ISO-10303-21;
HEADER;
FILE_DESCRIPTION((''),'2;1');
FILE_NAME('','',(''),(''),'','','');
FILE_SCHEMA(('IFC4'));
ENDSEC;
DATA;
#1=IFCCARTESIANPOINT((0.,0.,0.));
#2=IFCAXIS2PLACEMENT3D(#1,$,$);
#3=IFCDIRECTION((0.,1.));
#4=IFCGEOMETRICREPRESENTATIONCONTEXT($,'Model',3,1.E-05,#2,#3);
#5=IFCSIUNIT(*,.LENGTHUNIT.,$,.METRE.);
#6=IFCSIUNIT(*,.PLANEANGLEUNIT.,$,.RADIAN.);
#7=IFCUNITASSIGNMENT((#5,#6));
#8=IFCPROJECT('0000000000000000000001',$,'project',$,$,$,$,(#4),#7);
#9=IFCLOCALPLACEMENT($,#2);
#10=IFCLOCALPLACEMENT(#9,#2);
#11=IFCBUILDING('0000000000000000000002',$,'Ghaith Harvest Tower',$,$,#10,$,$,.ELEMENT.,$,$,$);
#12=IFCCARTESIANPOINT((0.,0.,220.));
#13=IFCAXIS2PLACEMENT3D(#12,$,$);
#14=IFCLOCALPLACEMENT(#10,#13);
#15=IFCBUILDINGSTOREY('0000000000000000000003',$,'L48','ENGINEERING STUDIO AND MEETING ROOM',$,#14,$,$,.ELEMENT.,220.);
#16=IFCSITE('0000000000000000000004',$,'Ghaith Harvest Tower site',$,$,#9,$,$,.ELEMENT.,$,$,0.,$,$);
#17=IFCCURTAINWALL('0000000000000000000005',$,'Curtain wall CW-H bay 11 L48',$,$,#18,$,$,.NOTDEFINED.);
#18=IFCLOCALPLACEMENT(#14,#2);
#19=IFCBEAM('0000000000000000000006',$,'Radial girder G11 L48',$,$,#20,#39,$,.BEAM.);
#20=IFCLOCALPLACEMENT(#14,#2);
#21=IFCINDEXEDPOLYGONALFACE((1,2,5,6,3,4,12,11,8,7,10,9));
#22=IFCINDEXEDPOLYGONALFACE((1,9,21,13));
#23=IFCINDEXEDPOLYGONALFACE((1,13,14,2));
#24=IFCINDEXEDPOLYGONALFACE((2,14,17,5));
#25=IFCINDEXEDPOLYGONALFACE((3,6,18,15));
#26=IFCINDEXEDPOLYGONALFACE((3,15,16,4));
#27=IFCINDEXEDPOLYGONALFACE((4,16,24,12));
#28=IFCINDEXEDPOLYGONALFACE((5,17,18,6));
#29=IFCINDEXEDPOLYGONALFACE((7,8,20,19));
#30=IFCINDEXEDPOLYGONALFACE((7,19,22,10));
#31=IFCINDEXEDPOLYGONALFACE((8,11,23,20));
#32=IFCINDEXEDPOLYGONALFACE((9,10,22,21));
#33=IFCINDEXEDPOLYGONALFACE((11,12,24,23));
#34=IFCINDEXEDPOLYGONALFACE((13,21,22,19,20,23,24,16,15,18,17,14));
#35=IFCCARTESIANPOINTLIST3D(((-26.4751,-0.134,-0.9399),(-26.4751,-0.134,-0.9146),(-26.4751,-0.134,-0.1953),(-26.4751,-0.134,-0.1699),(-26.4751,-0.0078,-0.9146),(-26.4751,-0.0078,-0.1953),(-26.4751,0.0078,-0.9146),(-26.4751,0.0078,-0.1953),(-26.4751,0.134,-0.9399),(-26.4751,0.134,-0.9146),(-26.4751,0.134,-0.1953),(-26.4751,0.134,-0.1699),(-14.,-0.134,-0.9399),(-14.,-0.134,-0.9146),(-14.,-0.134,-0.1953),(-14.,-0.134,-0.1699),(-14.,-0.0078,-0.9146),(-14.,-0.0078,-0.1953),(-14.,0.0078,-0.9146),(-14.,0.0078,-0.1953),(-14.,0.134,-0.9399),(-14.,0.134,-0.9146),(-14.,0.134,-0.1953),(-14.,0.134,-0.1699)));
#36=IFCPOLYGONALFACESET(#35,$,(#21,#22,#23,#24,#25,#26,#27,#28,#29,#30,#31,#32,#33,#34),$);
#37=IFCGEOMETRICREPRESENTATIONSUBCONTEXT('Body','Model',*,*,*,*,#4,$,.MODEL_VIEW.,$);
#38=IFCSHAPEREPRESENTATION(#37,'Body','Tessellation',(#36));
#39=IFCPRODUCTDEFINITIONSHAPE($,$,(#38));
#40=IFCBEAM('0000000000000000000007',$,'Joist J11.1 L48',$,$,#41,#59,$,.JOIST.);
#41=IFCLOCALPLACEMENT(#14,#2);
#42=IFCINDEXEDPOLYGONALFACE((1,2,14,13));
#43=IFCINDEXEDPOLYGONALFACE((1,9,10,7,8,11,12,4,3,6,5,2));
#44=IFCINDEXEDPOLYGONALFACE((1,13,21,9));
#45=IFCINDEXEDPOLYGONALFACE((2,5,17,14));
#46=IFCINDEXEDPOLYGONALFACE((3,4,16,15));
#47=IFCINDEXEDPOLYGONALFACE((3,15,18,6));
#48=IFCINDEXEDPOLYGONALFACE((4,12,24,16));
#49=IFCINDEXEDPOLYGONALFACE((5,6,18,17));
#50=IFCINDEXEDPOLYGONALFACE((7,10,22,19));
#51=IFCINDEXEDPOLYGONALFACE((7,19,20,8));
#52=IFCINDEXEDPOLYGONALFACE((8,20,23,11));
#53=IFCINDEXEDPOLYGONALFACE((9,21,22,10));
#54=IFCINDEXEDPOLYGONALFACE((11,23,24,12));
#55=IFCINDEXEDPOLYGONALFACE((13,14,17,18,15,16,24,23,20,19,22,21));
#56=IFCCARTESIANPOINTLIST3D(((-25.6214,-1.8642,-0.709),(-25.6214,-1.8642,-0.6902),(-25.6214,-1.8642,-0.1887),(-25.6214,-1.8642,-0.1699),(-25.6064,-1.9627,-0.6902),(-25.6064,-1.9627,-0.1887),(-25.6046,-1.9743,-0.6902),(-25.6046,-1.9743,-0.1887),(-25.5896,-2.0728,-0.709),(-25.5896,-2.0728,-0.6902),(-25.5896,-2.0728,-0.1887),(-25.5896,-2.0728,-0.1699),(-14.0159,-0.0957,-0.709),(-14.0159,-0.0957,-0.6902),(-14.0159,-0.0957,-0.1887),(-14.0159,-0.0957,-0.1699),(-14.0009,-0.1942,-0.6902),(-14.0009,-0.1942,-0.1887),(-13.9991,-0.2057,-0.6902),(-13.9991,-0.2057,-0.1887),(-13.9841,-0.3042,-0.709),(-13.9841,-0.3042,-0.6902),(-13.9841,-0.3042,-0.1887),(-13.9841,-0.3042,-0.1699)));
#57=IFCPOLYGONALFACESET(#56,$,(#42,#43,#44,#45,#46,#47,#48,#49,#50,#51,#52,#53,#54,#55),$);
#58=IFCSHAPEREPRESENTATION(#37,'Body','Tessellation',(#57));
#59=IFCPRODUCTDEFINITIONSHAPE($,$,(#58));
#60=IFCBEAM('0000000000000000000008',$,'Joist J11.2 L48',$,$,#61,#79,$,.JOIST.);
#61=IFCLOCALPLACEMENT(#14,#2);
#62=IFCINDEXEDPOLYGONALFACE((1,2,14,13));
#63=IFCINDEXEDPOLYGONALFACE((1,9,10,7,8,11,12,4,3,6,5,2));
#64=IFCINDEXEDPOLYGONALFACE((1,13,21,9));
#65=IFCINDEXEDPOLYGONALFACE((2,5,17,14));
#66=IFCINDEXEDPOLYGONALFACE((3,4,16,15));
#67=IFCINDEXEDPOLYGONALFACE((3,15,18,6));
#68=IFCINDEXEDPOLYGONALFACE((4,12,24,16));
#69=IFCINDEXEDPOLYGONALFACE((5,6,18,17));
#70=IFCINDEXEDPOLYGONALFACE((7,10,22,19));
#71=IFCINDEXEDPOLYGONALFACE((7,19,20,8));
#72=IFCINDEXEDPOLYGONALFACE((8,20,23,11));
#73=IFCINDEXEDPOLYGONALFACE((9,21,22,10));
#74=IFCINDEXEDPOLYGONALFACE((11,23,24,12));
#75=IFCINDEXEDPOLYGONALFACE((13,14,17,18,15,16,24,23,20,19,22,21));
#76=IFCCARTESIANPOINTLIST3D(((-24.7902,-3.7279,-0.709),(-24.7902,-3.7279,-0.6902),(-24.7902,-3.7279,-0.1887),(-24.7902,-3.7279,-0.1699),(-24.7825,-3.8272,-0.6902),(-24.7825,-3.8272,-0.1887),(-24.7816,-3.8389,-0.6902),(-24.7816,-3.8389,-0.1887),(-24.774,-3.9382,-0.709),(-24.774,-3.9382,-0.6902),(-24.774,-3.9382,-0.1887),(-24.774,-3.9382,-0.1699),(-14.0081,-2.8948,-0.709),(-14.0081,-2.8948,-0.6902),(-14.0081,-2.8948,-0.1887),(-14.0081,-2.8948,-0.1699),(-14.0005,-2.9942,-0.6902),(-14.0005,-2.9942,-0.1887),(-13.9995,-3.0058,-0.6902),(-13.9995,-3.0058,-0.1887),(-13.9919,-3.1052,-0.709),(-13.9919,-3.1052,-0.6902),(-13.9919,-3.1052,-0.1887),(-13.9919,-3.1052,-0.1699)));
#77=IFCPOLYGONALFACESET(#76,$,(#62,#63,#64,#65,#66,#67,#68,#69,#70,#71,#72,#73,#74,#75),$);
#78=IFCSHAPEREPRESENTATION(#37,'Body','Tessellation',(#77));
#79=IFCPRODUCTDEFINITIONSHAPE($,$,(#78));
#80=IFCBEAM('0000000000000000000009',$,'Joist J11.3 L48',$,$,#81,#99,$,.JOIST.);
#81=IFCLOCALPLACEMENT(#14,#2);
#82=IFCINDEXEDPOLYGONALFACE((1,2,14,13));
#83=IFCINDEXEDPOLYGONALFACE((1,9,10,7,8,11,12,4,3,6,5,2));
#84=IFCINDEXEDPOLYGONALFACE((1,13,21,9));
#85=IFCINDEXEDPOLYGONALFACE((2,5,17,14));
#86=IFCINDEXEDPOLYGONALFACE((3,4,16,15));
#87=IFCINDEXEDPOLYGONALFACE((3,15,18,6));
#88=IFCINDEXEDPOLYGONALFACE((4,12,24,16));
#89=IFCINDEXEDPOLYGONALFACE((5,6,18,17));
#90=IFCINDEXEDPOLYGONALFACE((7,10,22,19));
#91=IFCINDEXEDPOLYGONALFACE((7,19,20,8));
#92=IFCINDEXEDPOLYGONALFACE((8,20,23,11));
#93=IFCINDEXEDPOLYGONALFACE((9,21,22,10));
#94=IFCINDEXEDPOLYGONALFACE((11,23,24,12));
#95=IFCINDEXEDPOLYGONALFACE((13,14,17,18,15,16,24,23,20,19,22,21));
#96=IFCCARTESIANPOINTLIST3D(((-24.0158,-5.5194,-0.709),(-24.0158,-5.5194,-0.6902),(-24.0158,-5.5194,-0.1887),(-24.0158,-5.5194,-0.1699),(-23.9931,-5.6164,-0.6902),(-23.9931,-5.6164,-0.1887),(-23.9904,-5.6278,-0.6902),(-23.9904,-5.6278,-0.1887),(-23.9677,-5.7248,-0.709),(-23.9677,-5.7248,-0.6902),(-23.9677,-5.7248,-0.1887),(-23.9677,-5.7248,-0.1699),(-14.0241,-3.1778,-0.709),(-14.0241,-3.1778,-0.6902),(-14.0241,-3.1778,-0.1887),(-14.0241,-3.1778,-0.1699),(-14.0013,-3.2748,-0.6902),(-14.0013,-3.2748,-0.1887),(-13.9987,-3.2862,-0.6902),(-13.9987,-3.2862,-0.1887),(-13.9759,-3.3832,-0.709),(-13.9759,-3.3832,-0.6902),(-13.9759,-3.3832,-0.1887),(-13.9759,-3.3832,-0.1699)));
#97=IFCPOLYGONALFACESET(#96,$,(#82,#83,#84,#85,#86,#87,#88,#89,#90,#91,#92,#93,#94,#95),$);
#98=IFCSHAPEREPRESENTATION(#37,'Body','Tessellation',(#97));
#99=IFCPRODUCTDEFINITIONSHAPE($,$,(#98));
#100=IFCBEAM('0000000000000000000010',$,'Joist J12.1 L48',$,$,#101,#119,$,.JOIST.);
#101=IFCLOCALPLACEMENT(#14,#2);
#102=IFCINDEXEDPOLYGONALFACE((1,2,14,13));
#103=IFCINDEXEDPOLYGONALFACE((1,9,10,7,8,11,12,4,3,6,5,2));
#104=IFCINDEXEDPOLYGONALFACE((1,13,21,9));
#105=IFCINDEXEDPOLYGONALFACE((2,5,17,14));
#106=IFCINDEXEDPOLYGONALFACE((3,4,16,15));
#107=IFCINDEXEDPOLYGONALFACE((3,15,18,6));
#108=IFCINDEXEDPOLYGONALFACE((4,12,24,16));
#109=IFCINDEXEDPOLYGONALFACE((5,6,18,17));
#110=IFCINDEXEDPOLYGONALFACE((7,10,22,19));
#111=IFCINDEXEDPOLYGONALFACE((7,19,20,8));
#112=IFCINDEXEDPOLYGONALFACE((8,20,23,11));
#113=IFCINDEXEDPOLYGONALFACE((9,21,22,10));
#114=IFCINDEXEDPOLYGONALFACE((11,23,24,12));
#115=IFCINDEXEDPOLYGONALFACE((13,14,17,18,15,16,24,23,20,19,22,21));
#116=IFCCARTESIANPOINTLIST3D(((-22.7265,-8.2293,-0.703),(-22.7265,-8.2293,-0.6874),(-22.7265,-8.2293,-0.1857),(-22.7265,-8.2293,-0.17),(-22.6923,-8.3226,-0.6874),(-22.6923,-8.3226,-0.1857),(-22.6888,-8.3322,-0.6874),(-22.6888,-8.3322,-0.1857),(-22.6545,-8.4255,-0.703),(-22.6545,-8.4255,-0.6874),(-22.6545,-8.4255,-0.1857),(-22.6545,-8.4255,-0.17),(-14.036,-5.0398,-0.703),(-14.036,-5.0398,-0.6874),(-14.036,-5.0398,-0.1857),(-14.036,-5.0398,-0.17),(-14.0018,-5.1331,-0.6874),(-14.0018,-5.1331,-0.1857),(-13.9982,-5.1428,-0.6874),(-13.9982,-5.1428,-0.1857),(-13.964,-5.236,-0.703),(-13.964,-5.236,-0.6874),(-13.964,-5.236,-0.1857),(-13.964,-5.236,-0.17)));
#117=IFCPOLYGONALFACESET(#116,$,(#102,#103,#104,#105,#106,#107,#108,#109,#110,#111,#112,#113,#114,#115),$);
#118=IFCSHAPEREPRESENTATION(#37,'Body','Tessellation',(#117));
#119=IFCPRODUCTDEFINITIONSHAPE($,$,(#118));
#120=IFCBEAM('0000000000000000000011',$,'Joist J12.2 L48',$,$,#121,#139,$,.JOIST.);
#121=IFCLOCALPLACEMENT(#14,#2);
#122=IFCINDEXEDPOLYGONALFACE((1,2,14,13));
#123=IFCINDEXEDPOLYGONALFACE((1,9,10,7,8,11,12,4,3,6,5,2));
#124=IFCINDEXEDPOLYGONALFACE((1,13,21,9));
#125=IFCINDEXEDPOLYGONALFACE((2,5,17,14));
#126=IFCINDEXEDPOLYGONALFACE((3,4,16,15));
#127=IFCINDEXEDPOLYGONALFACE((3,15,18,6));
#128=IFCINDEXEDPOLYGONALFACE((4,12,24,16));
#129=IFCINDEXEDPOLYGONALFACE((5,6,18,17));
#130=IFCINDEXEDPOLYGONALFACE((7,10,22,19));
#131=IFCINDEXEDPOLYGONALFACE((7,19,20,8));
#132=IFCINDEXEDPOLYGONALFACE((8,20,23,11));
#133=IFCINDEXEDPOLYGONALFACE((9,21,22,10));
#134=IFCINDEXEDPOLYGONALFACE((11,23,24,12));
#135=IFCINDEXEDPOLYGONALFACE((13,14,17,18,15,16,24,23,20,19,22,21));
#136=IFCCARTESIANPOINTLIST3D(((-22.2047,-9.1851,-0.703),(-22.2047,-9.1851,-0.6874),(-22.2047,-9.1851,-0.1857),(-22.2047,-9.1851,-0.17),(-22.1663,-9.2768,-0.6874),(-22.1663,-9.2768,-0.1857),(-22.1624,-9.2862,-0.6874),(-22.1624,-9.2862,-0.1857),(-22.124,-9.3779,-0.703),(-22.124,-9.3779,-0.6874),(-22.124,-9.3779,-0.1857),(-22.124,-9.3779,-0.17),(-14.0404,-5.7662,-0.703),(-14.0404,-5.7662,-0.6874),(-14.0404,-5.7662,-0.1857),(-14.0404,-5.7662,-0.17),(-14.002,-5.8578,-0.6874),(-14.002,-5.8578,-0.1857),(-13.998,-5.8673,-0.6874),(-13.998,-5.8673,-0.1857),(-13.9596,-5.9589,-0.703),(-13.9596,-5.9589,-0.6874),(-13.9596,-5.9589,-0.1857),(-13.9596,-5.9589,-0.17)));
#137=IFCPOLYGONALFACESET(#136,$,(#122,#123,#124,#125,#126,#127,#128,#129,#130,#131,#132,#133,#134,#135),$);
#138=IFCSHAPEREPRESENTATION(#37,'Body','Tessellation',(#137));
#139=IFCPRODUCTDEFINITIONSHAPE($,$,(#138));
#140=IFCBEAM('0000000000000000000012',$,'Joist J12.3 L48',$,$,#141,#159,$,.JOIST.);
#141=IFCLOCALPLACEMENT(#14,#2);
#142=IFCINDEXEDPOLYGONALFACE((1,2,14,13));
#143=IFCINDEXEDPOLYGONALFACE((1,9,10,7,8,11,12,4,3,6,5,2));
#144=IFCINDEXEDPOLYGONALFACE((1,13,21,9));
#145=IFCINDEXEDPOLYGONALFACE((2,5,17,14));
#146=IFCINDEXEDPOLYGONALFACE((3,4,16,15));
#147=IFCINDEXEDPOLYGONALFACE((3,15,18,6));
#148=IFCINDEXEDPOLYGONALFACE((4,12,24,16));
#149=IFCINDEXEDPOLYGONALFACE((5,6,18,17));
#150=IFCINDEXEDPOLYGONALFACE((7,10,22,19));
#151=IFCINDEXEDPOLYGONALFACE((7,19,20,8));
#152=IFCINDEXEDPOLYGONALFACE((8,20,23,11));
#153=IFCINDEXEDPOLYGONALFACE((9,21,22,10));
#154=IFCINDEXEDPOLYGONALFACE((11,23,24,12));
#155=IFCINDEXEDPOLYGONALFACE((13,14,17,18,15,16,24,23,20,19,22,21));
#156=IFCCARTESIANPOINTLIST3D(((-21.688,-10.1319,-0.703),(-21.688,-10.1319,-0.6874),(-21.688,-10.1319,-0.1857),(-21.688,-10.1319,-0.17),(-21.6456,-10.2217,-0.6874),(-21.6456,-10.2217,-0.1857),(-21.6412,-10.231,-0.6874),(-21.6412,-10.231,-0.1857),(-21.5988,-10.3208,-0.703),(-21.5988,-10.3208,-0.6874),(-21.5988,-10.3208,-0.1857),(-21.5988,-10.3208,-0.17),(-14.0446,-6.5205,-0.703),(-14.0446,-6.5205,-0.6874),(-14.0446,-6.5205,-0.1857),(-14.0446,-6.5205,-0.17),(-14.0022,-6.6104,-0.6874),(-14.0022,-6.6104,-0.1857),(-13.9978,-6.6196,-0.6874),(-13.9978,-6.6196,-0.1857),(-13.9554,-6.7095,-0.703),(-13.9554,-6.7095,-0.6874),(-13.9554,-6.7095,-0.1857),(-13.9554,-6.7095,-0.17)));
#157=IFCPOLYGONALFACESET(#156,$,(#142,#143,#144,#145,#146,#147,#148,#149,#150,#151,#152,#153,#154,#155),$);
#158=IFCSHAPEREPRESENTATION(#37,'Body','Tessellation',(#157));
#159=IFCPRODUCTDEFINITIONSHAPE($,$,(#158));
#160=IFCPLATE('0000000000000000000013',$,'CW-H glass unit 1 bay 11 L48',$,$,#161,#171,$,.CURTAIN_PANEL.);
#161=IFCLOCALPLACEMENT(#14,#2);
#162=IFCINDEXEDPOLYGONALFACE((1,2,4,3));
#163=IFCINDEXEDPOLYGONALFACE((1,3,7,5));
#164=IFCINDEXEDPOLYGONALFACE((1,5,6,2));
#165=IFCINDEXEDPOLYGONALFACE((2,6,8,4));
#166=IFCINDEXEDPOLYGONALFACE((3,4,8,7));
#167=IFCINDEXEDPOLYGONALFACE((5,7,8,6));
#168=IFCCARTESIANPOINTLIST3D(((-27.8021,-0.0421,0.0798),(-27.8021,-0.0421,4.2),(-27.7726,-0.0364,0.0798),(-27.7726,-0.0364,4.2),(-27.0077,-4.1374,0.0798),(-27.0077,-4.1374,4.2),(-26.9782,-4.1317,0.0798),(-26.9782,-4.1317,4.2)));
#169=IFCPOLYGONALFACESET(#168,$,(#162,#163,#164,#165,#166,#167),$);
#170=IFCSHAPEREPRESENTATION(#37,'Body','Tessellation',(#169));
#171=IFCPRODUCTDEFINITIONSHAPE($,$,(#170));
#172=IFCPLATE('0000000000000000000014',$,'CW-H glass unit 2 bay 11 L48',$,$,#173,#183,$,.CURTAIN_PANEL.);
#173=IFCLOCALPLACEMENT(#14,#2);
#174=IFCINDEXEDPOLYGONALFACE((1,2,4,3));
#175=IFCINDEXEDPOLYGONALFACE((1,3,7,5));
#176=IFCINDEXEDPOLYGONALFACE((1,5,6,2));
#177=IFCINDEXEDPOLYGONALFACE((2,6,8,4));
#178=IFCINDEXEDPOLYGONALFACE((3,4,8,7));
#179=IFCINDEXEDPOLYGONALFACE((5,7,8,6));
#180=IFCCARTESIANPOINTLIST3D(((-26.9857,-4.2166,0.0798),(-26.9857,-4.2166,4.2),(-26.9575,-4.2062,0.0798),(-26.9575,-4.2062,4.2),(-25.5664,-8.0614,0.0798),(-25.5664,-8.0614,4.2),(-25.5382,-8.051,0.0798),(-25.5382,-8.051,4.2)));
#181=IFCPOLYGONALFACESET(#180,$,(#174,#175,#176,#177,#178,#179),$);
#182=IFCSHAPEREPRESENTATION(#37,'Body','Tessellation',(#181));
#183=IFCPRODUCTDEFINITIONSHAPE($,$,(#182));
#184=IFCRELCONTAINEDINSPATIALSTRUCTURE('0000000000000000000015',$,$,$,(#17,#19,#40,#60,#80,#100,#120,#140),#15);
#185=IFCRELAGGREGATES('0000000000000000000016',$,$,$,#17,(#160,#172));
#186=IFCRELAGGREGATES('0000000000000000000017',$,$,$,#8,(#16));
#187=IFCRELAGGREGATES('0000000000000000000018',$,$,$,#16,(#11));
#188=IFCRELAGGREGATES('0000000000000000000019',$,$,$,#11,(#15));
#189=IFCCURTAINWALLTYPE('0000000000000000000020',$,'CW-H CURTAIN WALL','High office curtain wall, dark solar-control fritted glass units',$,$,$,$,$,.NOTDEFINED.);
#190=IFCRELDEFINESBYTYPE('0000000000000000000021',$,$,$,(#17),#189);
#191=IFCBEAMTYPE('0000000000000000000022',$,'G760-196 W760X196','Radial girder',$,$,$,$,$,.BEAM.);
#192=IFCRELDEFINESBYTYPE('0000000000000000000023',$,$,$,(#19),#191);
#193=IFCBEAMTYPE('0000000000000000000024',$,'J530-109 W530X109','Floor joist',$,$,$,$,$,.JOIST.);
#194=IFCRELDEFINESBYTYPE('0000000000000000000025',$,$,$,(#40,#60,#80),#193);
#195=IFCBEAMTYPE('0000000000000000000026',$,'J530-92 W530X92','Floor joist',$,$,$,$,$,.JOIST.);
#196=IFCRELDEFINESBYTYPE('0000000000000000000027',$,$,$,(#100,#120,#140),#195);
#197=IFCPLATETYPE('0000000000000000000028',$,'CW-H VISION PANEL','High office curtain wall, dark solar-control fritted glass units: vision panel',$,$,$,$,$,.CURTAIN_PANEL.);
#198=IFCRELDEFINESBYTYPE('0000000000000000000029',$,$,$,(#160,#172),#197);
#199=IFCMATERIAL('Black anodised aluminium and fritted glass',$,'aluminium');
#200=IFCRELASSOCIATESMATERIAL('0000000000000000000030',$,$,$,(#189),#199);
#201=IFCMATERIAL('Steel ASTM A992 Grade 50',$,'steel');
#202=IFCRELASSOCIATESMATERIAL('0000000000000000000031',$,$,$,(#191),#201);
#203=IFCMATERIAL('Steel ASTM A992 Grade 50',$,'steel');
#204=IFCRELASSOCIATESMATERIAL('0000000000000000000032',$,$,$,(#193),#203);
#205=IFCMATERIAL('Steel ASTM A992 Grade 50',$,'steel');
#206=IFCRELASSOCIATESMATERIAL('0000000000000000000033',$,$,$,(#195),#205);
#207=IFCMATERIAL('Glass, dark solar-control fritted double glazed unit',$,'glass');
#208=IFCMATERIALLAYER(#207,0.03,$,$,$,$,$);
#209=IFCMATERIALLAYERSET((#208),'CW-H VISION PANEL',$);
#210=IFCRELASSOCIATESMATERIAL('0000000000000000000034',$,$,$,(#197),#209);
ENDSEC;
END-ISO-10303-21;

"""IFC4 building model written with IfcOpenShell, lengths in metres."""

from ifc_helpers import new_model, si_unit, direction, frame, origin, origin_2d, place, context, subcontext, project, spatial, rectangle, i_section, extrude, material, layer, layer_set, material_profile, profile_set, type_object, element, aggregate, save


model = new_model("IFC4")

# Units and contexts
model_context = context("Model", 3, precision=1e-05, world=origin(), true_north=direction((0.0, 1.0)))
body_context = subcontext(model_context, "Body", "Model", "MODEL_VIEW")
ifc_project = project(units=[si_unit("LENGTHUNIT", "METRE"), si_unit("PLANEANGLEUNIT", "RADIAN")], contexts=[model_context])

# Site, building, storey
site_placement = place(None, origin())
site = spatial("IfcSite", under=ifc_project, at=site_placement, Name="Ghaith Harvest Tower site", CompositionType="ELEMENT", RefElevation=0.0)
building_placement = place(site_placement, origin())
building = spatial("IfcBuilding", under=site, at=building_placement, Name="Ghaith Harvest Tower", CompositionType="ELEMENT")
storey_placement = place(building_placement, frame((0.0, 0.0, 220.0)))
storey = spatial("IfcBuildingStorey", under=building, at=storey_placement, Name="L48", Description="ENGINEERING STUDIO AND MEETING ROOM", CompositionType="ELEMENT", Elevation=220.0)

# Curtain wall
ifc_material_1 = material(Name="Black anodised aluminium and fritted glass", Category="aluminium")
curtain_wall_type = type_object("IfcCurtainWallType", Name="CW-H CURTAIN WALL", Description="High office curtain wall, dark solar-control fritted glass units", PredefinedType="NOTDEFINED", material=ifc_material_1)
curtain_wall_placement = place(storey_placement, origin())
curtain_wall = element("IfcCurtainWall", 1, at=curtain_wall_placement, inside=storey, type_object=curtain_wall_type, Name="Curtain wall CW-H bay 11 L48", PredefinedType="NOTDEFINED")

# Beams
ifc_material_2 = material(Name="Steel ASTM A992 Grade 50", Category="steel")
ifc_material_profile_1 = material_profile(ifc_material_2, i_section(OverallWidth=0.2681, OverallDepth=0.77, WebThickness=0.0156, FlangeThickness=0.0254, at=origin_2d()), Name="W760X196")
ifc_profile_set_1 = profile_set([ifc_material_profile_1], Name="Steel ASTM A992 Grade 50")
beam_type_1 = type_object("IfcBeamType", Name="G760-196 W760X196", Description="Radial girder", PredefinedType="BEAM", material=ifc_profile_set_1)
beam_1_placement = place(storey_placement, frame((-14.0, 0.0, -0.5549), z_axis=(-1.0, 0.0, 0.0), x_axis=(0.0, -1.0, 0.0)))
element("IfcBeam", 2, at=beam_1_placement, inside=storey, type_object=beam_type_1, Name="Radial girder G11 L48", PredefinedType="BEAM", context=body_context, shape_type="SweptSolid", body=[
    extrude(i_section(OverallWidth=0.2681, OverallDepth=0.77, WebThickness=0.0156, FlangeThickness=0.0254, at=origin_2d()), origin(), (0.0, 0.0, 1.0), 12.4751),
])
ifc_material_3 = material(Name="Steel ASTM A992 Grade 50", Category="steel")
ifc_material_profile_2 = material_profile(ifc_material_3, i_section(OverallWidth=0.2109, OverallDepth=0.5391, WebThickness=0.0117, FlangeThickness=0.0188, at=origin_2d()), Name="W530X109")
ifc_profile_set_2 = profile_set([ifc_material_profile_2], Name="Steel ASTM A992 Grade 50")
beam_type_2 = type_object("IfcBeamType", Name="J530-109 W530X109", Description="Floor joist", PredefinedType="JOIST", material=ifc_profile_set_2)
beam_2_placement = place(storey_placement, frame((-14.0, -0.2, -0.4395), z_axis=(-0.988587, -0.150651, 0.0), x_axis=(0.150651, -0.988587, 0.0)))
element("IfcBeam", 3, at=beam_2_placement, inside=storey, type_object=beam_type_2, Name="Joist J11.1 L48", PredefinedType="JOIST", context=body_context, shape_type="SweptSolid", body=[
    extrude(i_section(OverallWidth=0.2109, OverallDepth=0.5391, WebThickness=0.0117, FlangeThickness=0.0188, at=origin_2d()), origin(), (0.0, 0.0, 1.0), 11.7395),
])
beam_3_placement = place(storey_placement, frame((-14.0, -3.0, -0.4395), z_axis=(-0.997029, -0.07703, 0.0), x_axis=(0.07703, -0.997029, 0.0)))
element("IfcBeam", 4, at=beam_3_placement, inside=storey, type_object=beam_type_2, Name="Joist J11.2 L48", PredefinedType="JOIST", context=body_context, shape_type="SweptSolid", body=[
    extrude(i_section(OverallWidth=0.2109, OverallDepth=0.5391, WebThickness=0.0117, FlangeThickness=0.0188, at=origin_2d()), origin(), (0.0, 0.0, 1.0), 10.8142),
])
beam_4_placement = place(storey_placement, frame((-14.0, -3.2805, -0.4395), z_axis=(-0.973622, -0.228168, 0.0), x_axis=(0.228168, -0.973622, 0.0)))
element("IfcBeam", 5, at=beam_4_placement, inside=storey, type_object=beam_type_2, Name="Joist J11.3 L48", PredefinedType="JOIST", context=body_context, shape_type="SweptSolid", body=[
    extrude(i_section(OverallWidth=0.2109, OverallDepth=0.5391, WebThickness=0.0117, FlangeThickness=0.0188, at=origin_2d()), origin(), (0.0, 0.0, 1.0), 10.2625),
])
ifc_material_4 = material(Name="Steel ASTM A992 Grade 50", Category="steel")
ifc_material_profile_3 = material_profile(ifc_material_4, i_section(OverallWidth=0.209, OverallDepth=0.533, WebThickness=0.0103, FlangeThickness=0.0156, at=origin_2d()), Name="W530X92")
ifc_profile_set_3 = profile_set([ifc_material_profile_3], Name="Steel ASTM A992 Grade 50")
beam_type_3 = type_object("IfcBeamType", Name="J530-92 W530X92", Description="Floor joist", PredefinedType="JOIST", material=ifc_profile_set_3)
beam_5_placement = place(storey_placement, frame((-14.0, -5.1379, -0.4365), z_axis=(-0.938773, -0.344537, 0.0), x_axis=(0.344537, -0.938773, 0.0)))
element("IfcBeam", 6, at=beam_5_placement, inside=storey, type_object=beam_type_3, Name="Joist J12.1 L48", PredefinedType="JOIST", context=body_context, shape_type="SweptSolid", body=[
    extrude(i_section(OverallWidth=0.209, OverallDepth=0.533, WebThickness=0.0103, FlangeThickness=0.0156, at=origin_2d()), origin(), (0.0, 0.0, 1.0), 9.2573),
])
beam_6_placement = place(storey_placement, frame((-14.0, -5.8625, -0.4365), z_axis=(-0.922388, -0.386266, 0.0), x_axis=(0.386266, -0.922388, 0.0)))
element("IfcBeam", 7, at=beam_6_placement, inside=storey, type_object=beam_type_3, Name="Joist J12.2 L48", PredefinedType="JOIST", context=body_context, shape_type="SweptSolid", body=[
    extrude(i_section(OverallWidth=0.209, OverallDepth=0.533, WebThickness=0.0103, FlangeThickness=0.0156, at=origin_2d()), origin(), (0.0, 0.0, 1.0), 8.8513),
])
beam_7_placement = place(storey_placement, frame((-14.0, -6.615, -0.4365), z_axis=(-0.904158, -0.427198, 0.0), x_axis=(0.427198, -0.904158, 0.0)))
element("IfcBeam", 8, at=beam_7_placement, inside=storey, type_object=beam_type_3, Name="Joist J12.3 L48", PredefinedType="JOIST", context=body_context, shape_type="SweptSolid", body=[
    extrude(i_section(OverallWidth=0.209, OverallDepth=0.533, WebThickness=0.0103, FlangeThickness=0.0156, at=origin_2d()), origin(), (0.0, 0.0, 1.0), 8.4536),
])

# Plates
ifc_material_5 = material(Name="Glass, dark solar-control fritted double glazed unit", Category="glass")
ifc_layer_1 = layer(ifc_material_5, 0.03)
ifc_layer_set_1 = layer_set([ifc_layer_1], Name="CW-H VISION PANEL")
plate_type_1 = type_object("IfcPlateType", Name="CW-H VISION PANEL", Description="High office curtain wall, dark solar-control fritted glass units: vision panel", PredefinedType="CURTAIN_PANEL", material=ifc_layer_set_1)
plate_1_placement = place(storey_placement, frame((-27.3901, -2.0869, 0.0798), z_axis=(0.0, 0.0, 1.0), x_axis=(0.190427, -0.981701, 0.0)))
plate_1 = element("IfcPlate", 9, at=plate_1_placement, type_object=plate_type_1, Name="CW-H glass unit 1 bay 11 L48", PredefinedType="CURTAIN_PANEL", context=body_context, shape_type="SweptSolid", body=[
    extrude(rectangle(XDim=4.1716, YDim=0.03, at=origin_2d()), origin(), (0.0, 0.0, 1.0), 4.1201),
])
plate_2_placement = place(storey_placement, frame((-26.262, -6.1338, 0.0798), z_axis=(0.0, 0.0, 1.0), x_axis=(0.346303, -0.938123, 0.0)))
plate_2 = element("IfcPlate", 10, at=plate_2_placement, type_object=plate_type_1, Name="CW-H glass unit 2 bay 11 L48", PredefinedType="CURTAIN_PANEL", context=body_context, shape_type="SweptSolid", body=[
    extrude(rectangle(XDim=4.0984, YDim=0.03, at=origin_2d()), origin(), (0.0, 0.0, 1.0), 4.1201),
])
aggregate(curtain_wall, [plate_1, plate_2])

save(model, "model.ifc")
